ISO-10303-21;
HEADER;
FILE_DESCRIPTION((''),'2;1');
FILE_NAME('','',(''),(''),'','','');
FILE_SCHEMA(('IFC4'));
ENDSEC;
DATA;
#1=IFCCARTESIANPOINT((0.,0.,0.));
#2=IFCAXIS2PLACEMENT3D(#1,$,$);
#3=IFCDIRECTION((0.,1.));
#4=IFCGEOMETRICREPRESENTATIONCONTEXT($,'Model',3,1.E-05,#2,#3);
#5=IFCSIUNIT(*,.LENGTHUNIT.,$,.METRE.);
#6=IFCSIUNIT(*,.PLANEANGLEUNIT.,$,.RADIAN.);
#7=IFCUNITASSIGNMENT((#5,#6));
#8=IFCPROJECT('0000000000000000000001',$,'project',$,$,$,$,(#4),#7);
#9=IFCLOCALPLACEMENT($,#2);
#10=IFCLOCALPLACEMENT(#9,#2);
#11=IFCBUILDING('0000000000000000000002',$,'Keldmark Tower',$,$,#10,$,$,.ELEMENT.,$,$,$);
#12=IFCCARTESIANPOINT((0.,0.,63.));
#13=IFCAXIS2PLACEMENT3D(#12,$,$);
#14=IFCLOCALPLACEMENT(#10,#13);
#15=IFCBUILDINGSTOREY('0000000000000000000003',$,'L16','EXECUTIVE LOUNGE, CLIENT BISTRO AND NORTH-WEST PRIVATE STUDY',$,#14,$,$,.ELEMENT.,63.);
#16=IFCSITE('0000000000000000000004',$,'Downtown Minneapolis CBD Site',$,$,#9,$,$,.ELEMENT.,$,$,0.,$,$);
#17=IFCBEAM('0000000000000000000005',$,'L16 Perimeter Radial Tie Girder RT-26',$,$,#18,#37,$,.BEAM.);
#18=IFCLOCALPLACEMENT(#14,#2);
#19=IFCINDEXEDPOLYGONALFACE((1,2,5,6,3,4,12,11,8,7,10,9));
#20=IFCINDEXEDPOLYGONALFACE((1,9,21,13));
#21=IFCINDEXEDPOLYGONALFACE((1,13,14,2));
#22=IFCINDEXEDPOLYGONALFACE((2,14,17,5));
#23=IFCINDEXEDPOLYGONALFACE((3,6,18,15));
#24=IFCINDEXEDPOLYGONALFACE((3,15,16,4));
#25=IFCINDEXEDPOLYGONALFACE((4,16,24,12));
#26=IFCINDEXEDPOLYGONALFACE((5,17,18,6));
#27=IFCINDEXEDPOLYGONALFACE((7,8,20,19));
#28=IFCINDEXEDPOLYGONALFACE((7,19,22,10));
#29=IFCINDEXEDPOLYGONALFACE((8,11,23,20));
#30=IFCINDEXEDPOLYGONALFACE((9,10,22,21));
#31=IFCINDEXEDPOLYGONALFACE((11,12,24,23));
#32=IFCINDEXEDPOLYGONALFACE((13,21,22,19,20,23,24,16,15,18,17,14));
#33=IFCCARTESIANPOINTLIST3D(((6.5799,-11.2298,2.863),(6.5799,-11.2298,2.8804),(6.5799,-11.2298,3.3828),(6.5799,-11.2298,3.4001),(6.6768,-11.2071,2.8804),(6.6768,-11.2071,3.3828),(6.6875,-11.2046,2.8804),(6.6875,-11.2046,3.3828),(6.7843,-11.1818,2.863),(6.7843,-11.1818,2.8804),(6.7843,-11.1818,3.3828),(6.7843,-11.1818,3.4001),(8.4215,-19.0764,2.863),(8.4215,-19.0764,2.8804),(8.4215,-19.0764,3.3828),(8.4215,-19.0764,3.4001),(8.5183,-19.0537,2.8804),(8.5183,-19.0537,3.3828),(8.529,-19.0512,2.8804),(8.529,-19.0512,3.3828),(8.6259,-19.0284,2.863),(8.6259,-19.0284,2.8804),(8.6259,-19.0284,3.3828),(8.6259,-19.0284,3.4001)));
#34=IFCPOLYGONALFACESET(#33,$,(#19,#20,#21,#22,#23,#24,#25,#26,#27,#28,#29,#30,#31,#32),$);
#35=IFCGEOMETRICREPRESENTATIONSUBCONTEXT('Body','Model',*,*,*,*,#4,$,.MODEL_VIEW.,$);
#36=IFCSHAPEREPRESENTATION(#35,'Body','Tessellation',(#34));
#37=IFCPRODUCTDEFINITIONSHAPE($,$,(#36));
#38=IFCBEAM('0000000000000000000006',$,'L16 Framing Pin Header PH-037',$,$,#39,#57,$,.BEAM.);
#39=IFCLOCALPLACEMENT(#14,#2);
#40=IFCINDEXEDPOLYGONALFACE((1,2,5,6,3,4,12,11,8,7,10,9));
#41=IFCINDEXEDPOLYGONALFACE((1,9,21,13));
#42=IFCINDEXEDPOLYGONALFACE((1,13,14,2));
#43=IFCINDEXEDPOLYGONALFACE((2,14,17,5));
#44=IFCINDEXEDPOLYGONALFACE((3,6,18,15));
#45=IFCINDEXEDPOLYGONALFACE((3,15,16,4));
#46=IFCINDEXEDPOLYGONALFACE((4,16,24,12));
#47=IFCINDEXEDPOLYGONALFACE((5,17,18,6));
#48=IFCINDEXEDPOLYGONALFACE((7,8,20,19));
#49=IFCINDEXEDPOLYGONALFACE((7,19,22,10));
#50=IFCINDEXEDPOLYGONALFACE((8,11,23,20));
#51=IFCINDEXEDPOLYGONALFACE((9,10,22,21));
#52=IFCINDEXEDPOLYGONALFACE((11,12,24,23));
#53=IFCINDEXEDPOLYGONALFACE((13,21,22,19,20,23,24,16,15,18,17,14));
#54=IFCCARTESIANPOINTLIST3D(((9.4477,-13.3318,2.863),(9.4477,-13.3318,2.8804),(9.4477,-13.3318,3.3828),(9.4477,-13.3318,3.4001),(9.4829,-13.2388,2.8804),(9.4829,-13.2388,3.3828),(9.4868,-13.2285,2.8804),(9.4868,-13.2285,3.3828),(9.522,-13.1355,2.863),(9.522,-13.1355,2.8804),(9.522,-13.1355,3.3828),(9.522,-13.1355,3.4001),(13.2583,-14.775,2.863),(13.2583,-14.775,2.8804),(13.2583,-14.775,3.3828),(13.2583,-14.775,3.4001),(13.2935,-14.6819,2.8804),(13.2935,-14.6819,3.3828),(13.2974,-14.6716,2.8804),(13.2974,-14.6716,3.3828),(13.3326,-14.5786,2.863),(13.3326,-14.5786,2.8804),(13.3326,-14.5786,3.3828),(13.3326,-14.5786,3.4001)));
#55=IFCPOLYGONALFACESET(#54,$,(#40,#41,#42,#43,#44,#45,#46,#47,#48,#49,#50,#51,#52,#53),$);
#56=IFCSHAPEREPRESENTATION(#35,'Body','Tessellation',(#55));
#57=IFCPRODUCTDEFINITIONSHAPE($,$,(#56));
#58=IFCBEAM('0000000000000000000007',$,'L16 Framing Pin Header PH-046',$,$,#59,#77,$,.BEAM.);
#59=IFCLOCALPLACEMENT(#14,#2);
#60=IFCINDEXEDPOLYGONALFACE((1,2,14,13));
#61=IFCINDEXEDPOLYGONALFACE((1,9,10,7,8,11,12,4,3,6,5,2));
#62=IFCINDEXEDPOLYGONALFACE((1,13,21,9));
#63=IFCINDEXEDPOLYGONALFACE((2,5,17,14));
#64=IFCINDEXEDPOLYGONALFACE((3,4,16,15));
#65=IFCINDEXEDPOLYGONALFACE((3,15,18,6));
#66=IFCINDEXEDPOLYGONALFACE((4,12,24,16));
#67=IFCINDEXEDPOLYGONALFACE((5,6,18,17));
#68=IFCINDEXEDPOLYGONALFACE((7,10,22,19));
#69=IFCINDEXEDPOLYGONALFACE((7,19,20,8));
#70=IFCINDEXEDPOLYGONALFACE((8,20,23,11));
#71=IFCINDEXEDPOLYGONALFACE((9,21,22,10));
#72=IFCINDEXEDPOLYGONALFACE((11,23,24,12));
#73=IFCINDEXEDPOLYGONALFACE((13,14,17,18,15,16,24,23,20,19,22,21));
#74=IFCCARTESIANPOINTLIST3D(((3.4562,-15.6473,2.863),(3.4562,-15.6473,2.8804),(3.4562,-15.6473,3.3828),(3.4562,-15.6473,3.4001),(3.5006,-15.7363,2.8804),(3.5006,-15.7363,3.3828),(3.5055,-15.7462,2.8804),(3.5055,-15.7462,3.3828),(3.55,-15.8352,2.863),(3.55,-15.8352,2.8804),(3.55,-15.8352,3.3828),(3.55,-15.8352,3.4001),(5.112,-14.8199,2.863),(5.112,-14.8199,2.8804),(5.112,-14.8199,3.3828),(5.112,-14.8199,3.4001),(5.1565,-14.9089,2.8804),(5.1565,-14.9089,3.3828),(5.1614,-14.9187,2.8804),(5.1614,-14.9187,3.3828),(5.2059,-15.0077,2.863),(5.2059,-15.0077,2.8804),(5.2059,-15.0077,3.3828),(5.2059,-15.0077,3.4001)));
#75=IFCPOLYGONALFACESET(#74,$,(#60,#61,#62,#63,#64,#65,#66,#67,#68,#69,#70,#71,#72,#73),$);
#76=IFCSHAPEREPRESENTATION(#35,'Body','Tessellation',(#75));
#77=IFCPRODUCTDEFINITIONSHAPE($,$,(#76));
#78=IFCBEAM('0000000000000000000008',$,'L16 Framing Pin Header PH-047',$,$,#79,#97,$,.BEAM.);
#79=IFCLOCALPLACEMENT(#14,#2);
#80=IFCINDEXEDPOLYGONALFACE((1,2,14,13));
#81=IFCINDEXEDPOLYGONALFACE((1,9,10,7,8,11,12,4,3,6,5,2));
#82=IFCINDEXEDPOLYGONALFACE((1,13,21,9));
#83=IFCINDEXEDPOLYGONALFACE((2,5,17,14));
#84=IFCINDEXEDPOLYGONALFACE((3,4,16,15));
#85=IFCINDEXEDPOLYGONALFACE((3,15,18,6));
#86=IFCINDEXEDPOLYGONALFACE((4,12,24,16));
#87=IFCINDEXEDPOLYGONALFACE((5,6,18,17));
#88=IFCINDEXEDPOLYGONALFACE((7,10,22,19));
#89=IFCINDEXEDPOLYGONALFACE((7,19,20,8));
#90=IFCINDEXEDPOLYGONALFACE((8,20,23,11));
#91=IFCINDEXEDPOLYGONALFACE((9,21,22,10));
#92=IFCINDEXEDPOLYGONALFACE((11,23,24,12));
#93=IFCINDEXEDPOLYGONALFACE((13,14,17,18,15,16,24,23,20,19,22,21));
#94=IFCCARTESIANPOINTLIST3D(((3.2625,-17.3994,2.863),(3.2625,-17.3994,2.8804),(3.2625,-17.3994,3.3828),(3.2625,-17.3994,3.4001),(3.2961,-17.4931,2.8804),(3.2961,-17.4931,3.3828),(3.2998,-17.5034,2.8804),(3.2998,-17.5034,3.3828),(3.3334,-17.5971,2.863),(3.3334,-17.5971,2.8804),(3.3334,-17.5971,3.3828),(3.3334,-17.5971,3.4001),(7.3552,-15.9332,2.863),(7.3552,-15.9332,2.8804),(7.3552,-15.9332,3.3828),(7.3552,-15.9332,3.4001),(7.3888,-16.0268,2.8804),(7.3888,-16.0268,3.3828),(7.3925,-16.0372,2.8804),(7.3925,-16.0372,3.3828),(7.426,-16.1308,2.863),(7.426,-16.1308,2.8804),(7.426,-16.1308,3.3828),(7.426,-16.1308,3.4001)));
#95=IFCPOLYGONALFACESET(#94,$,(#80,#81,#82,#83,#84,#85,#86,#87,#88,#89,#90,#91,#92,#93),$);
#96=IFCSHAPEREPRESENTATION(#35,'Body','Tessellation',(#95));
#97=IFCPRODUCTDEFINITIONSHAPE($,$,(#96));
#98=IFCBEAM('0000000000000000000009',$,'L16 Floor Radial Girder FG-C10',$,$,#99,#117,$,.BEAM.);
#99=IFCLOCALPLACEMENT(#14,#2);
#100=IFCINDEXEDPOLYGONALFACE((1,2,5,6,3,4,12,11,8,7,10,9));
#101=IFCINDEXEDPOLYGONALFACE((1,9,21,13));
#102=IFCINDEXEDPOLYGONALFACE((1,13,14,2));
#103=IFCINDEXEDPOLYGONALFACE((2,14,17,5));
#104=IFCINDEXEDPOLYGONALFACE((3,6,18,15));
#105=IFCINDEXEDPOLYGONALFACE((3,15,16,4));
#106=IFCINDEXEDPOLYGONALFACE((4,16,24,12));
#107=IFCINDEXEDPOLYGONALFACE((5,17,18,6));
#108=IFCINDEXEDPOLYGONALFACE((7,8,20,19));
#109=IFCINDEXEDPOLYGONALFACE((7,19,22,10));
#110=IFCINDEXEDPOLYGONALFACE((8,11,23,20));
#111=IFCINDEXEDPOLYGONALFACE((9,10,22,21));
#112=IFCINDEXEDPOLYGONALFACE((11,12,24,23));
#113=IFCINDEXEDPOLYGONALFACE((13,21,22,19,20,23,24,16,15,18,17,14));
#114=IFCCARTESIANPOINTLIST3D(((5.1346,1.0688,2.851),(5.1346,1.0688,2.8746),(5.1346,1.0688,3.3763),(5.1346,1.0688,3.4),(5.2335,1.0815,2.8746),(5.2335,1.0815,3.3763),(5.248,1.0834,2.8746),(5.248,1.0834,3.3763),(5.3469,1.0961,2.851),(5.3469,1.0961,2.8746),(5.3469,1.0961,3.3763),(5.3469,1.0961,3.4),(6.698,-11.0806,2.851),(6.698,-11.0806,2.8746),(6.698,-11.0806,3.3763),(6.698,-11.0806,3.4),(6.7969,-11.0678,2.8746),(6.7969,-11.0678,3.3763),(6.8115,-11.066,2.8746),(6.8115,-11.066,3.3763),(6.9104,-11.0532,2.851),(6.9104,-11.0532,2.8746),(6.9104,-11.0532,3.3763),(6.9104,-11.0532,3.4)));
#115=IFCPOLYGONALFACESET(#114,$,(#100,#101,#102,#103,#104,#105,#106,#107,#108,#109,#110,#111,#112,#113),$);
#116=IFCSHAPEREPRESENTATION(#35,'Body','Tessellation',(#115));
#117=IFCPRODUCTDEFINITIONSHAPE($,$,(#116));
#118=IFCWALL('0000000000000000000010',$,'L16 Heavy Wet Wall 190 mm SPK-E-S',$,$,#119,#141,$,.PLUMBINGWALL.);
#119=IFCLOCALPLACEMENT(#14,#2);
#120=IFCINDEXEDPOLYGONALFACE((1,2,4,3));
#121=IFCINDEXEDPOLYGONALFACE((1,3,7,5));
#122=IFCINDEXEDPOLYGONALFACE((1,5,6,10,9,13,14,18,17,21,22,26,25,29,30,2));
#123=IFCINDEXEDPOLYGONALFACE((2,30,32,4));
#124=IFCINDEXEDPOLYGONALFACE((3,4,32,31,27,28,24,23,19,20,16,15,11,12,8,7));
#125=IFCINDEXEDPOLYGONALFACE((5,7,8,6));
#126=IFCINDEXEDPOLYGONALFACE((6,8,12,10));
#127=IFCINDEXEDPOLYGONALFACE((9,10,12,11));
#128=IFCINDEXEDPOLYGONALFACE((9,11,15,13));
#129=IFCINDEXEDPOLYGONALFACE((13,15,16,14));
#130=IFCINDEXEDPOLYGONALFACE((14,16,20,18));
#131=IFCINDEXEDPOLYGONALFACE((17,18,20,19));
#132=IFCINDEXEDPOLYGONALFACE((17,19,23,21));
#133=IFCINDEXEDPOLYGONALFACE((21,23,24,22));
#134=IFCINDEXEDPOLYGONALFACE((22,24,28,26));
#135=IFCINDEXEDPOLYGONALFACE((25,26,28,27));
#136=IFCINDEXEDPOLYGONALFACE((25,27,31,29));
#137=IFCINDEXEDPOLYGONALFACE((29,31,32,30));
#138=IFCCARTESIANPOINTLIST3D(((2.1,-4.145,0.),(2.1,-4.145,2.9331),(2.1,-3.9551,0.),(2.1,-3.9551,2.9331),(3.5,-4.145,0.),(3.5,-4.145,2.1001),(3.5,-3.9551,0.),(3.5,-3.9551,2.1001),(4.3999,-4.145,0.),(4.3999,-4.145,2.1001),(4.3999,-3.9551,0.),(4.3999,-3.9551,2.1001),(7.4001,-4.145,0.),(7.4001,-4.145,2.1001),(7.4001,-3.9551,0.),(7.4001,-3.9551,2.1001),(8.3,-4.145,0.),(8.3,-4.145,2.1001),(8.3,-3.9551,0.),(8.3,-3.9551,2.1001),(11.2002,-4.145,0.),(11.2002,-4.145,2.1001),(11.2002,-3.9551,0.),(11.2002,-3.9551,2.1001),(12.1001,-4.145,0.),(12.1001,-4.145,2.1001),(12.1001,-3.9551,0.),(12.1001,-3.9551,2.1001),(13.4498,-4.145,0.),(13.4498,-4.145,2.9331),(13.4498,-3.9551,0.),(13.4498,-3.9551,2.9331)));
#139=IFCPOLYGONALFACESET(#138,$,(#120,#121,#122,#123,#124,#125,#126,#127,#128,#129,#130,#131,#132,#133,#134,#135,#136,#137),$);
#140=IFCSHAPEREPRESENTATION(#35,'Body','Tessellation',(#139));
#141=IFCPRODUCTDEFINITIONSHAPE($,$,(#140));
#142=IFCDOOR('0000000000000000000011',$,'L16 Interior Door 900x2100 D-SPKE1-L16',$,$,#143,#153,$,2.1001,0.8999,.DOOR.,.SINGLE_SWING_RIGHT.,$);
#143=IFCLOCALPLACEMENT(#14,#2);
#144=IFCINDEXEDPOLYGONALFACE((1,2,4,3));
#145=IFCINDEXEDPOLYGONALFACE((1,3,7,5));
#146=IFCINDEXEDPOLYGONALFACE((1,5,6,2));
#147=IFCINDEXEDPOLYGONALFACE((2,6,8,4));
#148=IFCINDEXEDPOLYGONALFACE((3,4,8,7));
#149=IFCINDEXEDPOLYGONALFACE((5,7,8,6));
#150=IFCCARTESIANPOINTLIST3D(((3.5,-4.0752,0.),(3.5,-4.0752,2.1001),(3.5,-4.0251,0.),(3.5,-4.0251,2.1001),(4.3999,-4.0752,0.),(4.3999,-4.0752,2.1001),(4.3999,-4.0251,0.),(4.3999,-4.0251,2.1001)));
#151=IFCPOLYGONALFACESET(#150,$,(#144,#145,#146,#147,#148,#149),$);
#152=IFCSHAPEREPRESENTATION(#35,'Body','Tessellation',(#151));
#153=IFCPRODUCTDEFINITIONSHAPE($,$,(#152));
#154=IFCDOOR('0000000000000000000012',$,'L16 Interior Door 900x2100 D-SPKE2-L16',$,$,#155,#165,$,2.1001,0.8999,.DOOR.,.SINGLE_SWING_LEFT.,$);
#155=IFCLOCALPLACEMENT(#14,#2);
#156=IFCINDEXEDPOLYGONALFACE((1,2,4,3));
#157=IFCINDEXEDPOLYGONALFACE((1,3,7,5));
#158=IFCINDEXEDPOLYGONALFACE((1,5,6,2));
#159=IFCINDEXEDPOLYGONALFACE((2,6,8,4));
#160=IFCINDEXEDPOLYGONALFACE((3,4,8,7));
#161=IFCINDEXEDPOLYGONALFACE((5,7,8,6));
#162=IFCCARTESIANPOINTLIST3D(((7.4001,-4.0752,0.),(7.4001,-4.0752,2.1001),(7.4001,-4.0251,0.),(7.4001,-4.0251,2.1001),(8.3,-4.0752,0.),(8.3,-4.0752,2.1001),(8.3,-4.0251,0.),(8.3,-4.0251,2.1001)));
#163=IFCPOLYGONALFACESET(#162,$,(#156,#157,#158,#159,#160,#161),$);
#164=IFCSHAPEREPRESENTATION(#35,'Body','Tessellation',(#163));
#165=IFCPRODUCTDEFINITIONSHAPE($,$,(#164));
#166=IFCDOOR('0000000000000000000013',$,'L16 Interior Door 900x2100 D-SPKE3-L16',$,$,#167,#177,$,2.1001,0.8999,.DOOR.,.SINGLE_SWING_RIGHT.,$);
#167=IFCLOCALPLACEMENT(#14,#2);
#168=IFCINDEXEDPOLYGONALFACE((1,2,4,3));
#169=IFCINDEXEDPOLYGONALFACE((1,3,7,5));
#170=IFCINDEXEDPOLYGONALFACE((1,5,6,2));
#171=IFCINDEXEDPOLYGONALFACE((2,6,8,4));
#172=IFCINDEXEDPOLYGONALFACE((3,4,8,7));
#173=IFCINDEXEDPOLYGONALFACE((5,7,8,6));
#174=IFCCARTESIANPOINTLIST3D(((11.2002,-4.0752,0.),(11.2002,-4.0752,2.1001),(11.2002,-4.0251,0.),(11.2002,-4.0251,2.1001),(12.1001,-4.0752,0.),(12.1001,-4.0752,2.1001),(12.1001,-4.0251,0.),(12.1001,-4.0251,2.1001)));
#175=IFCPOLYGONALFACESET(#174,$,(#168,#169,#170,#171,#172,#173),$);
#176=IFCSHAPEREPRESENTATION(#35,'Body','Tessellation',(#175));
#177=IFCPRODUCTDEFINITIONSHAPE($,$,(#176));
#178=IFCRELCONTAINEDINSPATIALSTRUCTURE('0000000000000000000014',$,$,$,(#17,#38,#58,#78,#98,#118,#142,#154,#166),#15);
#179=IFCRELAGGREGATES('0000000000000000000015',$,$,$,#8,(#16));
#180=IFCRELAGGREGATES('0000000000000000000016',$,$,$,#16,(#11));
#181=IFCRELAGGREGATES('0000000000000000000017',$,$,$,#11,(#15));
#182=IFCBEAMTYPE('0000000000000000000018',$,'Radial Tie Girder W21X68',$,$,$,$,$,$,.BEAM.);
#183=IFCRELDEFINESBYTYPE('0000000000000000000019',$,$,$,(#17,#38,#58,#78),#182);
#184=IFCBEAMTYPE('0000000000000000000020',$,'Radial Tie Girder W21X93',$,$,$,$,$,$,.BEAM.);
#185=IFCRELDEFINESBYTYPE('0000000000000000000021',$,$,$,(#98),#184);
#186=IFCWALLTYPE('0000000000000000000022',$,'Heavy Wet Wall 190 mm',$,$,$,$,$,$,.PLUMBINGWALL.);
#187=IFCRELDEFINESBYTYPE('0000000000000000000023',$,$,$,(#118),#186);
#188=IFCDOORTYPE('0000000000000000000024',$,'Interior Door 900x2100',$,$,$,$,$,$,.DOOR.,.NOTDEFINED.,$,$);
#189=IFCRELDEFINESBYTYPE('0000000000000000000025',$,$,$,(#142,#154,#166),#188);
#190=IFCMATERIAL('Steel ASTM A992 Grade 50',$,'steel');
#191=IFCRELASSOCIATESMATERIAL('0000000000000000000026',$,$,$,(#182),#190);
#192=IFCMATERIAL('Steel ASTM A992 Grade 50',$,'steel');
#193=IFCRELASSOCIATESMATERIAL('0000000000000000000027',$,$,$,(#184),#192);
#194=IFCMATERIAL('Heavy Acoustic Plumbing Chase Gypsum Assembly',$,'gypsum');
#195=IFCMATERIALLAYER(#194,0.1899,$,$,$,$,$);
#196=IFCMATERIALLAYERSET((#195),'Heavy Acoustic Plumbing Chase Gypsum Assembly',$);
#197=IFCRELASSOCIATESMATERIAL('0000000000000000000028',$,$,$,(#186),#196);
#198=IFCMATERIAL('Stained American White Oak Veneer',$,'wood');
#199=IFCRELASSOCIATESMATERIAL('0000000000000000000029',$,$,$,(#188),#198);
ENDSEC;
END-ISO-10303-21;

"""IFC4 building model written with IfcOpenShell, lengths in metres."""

from ifc_helpers import new_model, si_unit, direction, frame, frame_2d, origin, origin_2d, place, context, subcontext, project, spatial, rectangle, i_section, extrude, material, layer, layer_set, material_profile, profile_set, type_object, element, fill, save


model = new_model("IFC4")

# Units and contexts
model_context = context("Model", 3, precision=1e-05, world=origin(), true_north=direction((0.0, 1.0)))
body_context = subcontext(model_context, "Body", "Model", "MODEL_VIEW")
ifc_project = project(units=[si_unit("LENGTHUNIT", "METRE"), si_unit("PLANEANGLEUNIT", "RADIAN")], contexts=[model_context])

# Site, building, storey
site_placement = place(None, origin())
site = spatial("IfcSite", under=ifc_project, at=site_placement, Name="Downtown Minneapolis CBD Site", CompositionType="ELEMENT", RefElevation=0.0)
building_placement = place(site_placement, origin())
building = spatial("IfcBuilding", under=site, at=building_placement, Name="Keldmark Tower", CompositionType="ELEMENT")
storey_placement = place(building_placement, frame((0.0, 0.0, 63.0)))
storey = spatial("IfcBuildingStorey", under=building, at=storey_placement, Name="L16", Description="EXECUTIVE LOUNGE, CLIENT BISTRO AND NORTH-WEST PRIVATE STUDY", CompositionType="ELEMENT", Elevation=63.0)

# Beams
ifc_material_1 = material(Name="Steel ASTM A992 Grade 50", Category="steel")
ifc_material_profile_1 = material_profile(ifc_material_1, i_section(OverallWidth=0.21, OverallDepth=0.5371, WebThickness=0.011, FlangeThickness=0.0173, at=origin_2d()), Name="W21X68")
ifc_profile_set_1 = profile_set([ifc_material_profile_1], Name="Steel ASTM A992 Grade 50")
beam_type_1 = type_object("IfcBeamType", Name="Radial Tie Girder W21X68", PredefinedType="BEAM", material=ifc_profile_set_1)
beam_1_placement = place(storey_placement, frame((6.6821, -11.2058, 3.1316), z_axis=(0.228484, -0.973548, 0.0), x_axis=(0.973548, 0.228484, 0.0)))
element("IfcBeam", 1, at=beam_1_placement, inside=storey, type_object=beam_type_1, Name="L16 Perimeter Radial Tie Girder RT-26", PredefinedType="BEAM", context=body_context, shape_type="SweptSolid", body=[
    extrude(i_section(OverallWidth=0.21, OverallDepth=0.5371, WebThickness=0.011, FlangeThickness=0.0173, at=origin_2d()), origin(), (0.0, 0.0, 1.0), 8.0598),
])
beam_2_placement = place(storey_placement, frame((9.4849, -13.2336, 3.1316), z_axis=(0.935182, -0.354168, 0.0), x_axis=(0.354168, 0.935182, 0.0)))
element("IfcBeam", 2, at=beam_2_placement, inside=storey, type_object=beam_type_1, Name="L16 Framing Pin Header PH-037", PredefinedType="BEAM", context=body_context, shape_type="SweptSolid", body=[
    extrude(i_section(OverallWidth=0.21, OverallDepth=0.5371, WebThickness=0.011, FlangeThickness=0.0173, at=origin_2d()), origin(), (0.0, 0.0, 1.0), 4.0747),
])
beam_3_placement = place(storey_placement, frame((5.1589, -14.9138, 3.1316), z_axis=(-0.894533, -0.447003, 0.0), x_axis=(0.447003, -0.894533, 0.0)))
element("IfcBeam", 3, at=beam_3_placement, inside=storey, type_object=beam_type_1, Name="L16 Framing Pin Header PH-046", PredefinedType="BEAM", context=body_context, shape_type="SweptSolid", body=[
    extrude(i_section(OverallWidth=0.21, OverallDepth=0.5371, WebThickness=0.011, FlangeThickness=0.0173, at=origin_2d()), origin(), (0.0, 0.0, 1.0), 1.8511),
])
beam_4_placement = place(storey_placement, frame((7.3906, -16.032, 3.1316), z_axis=(-0.941406, -0.337275, 0.0), x_axis=(0.337275, -0.941406, 0.0)))
element("IfcBeam", 4, at=beam_4_placement, inside=storey, type_object=beam_type_1, Name="L16 Framing Pin Header PH-047", PredefinedType="BEAM", context=body_context, shape_type="SweptSolid", body=[
    extrude(i_section(OverallWidth=0.21, OverallDepth=0.5371, WebThickness=0.011, FlangeThickness=0.0173, at=origin_2d()), origin(), (0.0, 0.0, 1.0), 4.3474),
])
ifc_material_2 = material(Name="Steel ASTM A992 Grade 50", Category="steel")
ifc_material_profile_2 = material_profile(ifc_material_2, i_section(OverallWidth=0.2141, OverallDepth=0.5491, WebThickness=0.0146, FlangeThickness=0.0237, at=origin_2d()), Name="W21X93")
ifc_profile_set_2 = profile_set([ifc_material_profile_2], Name="Steel ASTM A992 Grade 50")
beam_type_2 = type_object("IfcBeamType", Name="Radial Tie Girder W21X93", PredefinedType="BEAM", material=ifc_profile_set_2)
beam_5_placement = place(storey_placement, frame((6.8042, -11.0669, 3.1255), z_axis=(-0.127635, 0.991821, 0.0), x_axis=(-0.991821, -0.127635, 0.0)))
element("IfcBeam", 5, at=beam_5_placement, inside=storey, type_object=beam_type_2, Name="L16 Floor Radial Girder FG-C10", PredefinedType="BEAM", context=body_context, shape_type="SweptSolid", body=[
    extrude(i_section(OverallWidth=0.2141, OverallDepth=0.5491, WebThickness=0.0146, FlangeThickness=0.0237, at=origin_2d()), origin(), (0.0, 0.0, 1.0), 12.2495),
])

# Wall, openings, doors
ifc_material_3 = material(Name="Heavy Acoustic Plumbing Chase Gypsum Assembly", Category="gypsum")
ifc_layer = layer(ifc_material_3, 0.1899)
ifc_layer_set = layer_set([ifc_layer], Name="Heavy Acoustic Plumbing Chase Gypsum Assembly")
wall_type = type_object("IfcWallType", Name="Heavy Wet Wall 190 mm", PredefinedType="PLUMBINGWALL", material=ifc_layer_set)
wall_1_placement = place(storey_placement, frame((2.1001, -4.05, 0.0), z_axis=(0.0, 0.0, 1.0), x_axis=(1.0, 0.0, 0.0)))
wall_1 = element("IfcWall", 6, at=wall_1_placement, inside=storey, type_object=wall_type, Name="L16 Heavy Wet Wall 190 mm SPK-E-S", PredefinedType="PLUMBINGWALL", context=body_context, shape_type="SweptSolid", body=[
    extrude(rectangle(XDim=11.3499, YDim=0.1899, at=frame_2d((5.6748, 0.0))), origin(), (0.0, 0.0, 1.0), 2.9331),
])
opening_1_placement = place(wall_1_placement, frame((1.3999, 0.0, 0.0)))
opening_1 = element("IfcOpeningElement", 7, at=opening_1_placement, cuts=wall_1, PredefinedType="OPENING", context=body_context, shape_type="SweptSolid", body=[
    extrude(rectangle(XDim=0.8999, YDim=2.1001, at=frame_2d((0.45, 1.05))), frame((0.0, 0.105, 0.0), z_axis=(0.0, -1.0, 0.0), x_axis=(1.0, 0.0, 0.0)), (0.0, 0.0, 1.0), 0.21),
])
opening_2_placement = place(wall_1_placement, frame((5.3, 0.0, 0.0)))
opening_2 = element("IfcOpeningElement", 8, at=opening_2_placement, cuts=wall_1, PredefinedType="OPENING", context=body_context, shape_type="SweptSolid", body=[
    extrude(rectangle(XDim=0.8999, YDim=2.1001, at=frame_2d((0.45, 1.05))), frame((0.0, 0.105, 0.0), z_axis=(0.0, -1.0, 0.0), x_axis=(1.0, 0.0, 0.0)), (0.0, 0.0, 1.0), 0.21),
])
opening_3_placement = place(wall_1_placement, frame((9.1001, 0.0, 0.0)))
opening_3 = element("IfcOpeningElement", 9, at=opening_3_placement, cuts=wall_1, PredefinedType="OPENING", context=body_context, shape_type="SweptSolid", body=[
    extrude(rectangle(XDim=0.8999, YDim=2.1001, at=frame_2d((0.45, 1.05))), frame((0.0, 0.105, 0.0), z_axis=(0.0, -1.0, 0.0), x_axis=(1.0, 0.0, 0.0)), (0.0, 0.0, 1.0), 0.21),
])
ifc_material_4 = material(Name="Stained American White Oak Veneer", Category="wood")
door_type = type_object("IfcDoorType", Name="Interior Door 900x2100", OperationType="NOTDEFINED", PredefinedType="DOOR", material=ifc_material_4)
door_1_placement = place(opening_1_placement, origin())
door_1 = element("IfcDoor", 10, at=door_1_placement, inside=storey, type_object=door_type, Name="L16 Interior Door 900x2100 D-SPKE1-L16", OperationType="SINGLE_SWING_RIGHT", OverallHeight=2.1001, OverallWidth=0.8999, PredefinedType="DOOR", context=body_context, shape_type="SweptSolid", body=[
    extrude(rectangle(XDim=0.8999, YDim=2.1001, at=frame_2d((0.45, 1.05))), frame((0.0, 0.0249, 0.0), z_axis=(0.0, -1.0, 0.0), x_axis=(1.0, 0.0, 0.0)), (0.0, 0.0, 1.0), 0.05),
])
fill(opening_1, door_1)
door_2_placement = place(opening_2_placement, origin())
door_2 = element("IfcDoor", 11, at=door_2_placement, inside=storey, type_object=door_type, Name="L16 Interior Door 900x2100 D-SPKE2-L16", OperationType="SINGLE_SWING_LEFT", OverallHeight=2.1001, OverallWidth=0.8999, PredefinedType="DOOR", context=body_context, shape_type="SweptSolid", body=[
    extrude(rectangle(XDim=0.8999, YDim=2.1001, at=frame_2d((0.45, 1.05))), frame((0.0, 0.0249, 0.0), z_axis=(0.0, -1.0, 0.0), x_axis=(1.0, 0.0, 0.0)), (0.0, 0.0, 1.0), 0.05),
])
fill(opening_2, door_2)
door_3_placement = place(opening_3_placement, origin())
door_3 = element("IfcDoor", 12, at=door_3_placement, inside=storey, type_object=door_type, Name="L16 Interior Door 900x2100 D-SPKE3-L16", OperationType="SINGLE_SWING_RIGHT", OverallHeight=2.1001, OverallWidth=0.8999, PredefinedType="DOOR", context=body_context, shape_type="SweptSolid", body=[
    extrude(rectangle(XDim=0.8999, YDim=2.1001, at=frame_2d((0.45, 1.05))), frame((0.0, 0.0249, 0.0), z_axis=(0.0, -1.0, 0.0), x_axis=(1.0, 0.0, 0.0)), (0.0, 0.0, 1.0), 0.05),
])
fill(opening_3, door_3)

save(model, "model.ifc")
